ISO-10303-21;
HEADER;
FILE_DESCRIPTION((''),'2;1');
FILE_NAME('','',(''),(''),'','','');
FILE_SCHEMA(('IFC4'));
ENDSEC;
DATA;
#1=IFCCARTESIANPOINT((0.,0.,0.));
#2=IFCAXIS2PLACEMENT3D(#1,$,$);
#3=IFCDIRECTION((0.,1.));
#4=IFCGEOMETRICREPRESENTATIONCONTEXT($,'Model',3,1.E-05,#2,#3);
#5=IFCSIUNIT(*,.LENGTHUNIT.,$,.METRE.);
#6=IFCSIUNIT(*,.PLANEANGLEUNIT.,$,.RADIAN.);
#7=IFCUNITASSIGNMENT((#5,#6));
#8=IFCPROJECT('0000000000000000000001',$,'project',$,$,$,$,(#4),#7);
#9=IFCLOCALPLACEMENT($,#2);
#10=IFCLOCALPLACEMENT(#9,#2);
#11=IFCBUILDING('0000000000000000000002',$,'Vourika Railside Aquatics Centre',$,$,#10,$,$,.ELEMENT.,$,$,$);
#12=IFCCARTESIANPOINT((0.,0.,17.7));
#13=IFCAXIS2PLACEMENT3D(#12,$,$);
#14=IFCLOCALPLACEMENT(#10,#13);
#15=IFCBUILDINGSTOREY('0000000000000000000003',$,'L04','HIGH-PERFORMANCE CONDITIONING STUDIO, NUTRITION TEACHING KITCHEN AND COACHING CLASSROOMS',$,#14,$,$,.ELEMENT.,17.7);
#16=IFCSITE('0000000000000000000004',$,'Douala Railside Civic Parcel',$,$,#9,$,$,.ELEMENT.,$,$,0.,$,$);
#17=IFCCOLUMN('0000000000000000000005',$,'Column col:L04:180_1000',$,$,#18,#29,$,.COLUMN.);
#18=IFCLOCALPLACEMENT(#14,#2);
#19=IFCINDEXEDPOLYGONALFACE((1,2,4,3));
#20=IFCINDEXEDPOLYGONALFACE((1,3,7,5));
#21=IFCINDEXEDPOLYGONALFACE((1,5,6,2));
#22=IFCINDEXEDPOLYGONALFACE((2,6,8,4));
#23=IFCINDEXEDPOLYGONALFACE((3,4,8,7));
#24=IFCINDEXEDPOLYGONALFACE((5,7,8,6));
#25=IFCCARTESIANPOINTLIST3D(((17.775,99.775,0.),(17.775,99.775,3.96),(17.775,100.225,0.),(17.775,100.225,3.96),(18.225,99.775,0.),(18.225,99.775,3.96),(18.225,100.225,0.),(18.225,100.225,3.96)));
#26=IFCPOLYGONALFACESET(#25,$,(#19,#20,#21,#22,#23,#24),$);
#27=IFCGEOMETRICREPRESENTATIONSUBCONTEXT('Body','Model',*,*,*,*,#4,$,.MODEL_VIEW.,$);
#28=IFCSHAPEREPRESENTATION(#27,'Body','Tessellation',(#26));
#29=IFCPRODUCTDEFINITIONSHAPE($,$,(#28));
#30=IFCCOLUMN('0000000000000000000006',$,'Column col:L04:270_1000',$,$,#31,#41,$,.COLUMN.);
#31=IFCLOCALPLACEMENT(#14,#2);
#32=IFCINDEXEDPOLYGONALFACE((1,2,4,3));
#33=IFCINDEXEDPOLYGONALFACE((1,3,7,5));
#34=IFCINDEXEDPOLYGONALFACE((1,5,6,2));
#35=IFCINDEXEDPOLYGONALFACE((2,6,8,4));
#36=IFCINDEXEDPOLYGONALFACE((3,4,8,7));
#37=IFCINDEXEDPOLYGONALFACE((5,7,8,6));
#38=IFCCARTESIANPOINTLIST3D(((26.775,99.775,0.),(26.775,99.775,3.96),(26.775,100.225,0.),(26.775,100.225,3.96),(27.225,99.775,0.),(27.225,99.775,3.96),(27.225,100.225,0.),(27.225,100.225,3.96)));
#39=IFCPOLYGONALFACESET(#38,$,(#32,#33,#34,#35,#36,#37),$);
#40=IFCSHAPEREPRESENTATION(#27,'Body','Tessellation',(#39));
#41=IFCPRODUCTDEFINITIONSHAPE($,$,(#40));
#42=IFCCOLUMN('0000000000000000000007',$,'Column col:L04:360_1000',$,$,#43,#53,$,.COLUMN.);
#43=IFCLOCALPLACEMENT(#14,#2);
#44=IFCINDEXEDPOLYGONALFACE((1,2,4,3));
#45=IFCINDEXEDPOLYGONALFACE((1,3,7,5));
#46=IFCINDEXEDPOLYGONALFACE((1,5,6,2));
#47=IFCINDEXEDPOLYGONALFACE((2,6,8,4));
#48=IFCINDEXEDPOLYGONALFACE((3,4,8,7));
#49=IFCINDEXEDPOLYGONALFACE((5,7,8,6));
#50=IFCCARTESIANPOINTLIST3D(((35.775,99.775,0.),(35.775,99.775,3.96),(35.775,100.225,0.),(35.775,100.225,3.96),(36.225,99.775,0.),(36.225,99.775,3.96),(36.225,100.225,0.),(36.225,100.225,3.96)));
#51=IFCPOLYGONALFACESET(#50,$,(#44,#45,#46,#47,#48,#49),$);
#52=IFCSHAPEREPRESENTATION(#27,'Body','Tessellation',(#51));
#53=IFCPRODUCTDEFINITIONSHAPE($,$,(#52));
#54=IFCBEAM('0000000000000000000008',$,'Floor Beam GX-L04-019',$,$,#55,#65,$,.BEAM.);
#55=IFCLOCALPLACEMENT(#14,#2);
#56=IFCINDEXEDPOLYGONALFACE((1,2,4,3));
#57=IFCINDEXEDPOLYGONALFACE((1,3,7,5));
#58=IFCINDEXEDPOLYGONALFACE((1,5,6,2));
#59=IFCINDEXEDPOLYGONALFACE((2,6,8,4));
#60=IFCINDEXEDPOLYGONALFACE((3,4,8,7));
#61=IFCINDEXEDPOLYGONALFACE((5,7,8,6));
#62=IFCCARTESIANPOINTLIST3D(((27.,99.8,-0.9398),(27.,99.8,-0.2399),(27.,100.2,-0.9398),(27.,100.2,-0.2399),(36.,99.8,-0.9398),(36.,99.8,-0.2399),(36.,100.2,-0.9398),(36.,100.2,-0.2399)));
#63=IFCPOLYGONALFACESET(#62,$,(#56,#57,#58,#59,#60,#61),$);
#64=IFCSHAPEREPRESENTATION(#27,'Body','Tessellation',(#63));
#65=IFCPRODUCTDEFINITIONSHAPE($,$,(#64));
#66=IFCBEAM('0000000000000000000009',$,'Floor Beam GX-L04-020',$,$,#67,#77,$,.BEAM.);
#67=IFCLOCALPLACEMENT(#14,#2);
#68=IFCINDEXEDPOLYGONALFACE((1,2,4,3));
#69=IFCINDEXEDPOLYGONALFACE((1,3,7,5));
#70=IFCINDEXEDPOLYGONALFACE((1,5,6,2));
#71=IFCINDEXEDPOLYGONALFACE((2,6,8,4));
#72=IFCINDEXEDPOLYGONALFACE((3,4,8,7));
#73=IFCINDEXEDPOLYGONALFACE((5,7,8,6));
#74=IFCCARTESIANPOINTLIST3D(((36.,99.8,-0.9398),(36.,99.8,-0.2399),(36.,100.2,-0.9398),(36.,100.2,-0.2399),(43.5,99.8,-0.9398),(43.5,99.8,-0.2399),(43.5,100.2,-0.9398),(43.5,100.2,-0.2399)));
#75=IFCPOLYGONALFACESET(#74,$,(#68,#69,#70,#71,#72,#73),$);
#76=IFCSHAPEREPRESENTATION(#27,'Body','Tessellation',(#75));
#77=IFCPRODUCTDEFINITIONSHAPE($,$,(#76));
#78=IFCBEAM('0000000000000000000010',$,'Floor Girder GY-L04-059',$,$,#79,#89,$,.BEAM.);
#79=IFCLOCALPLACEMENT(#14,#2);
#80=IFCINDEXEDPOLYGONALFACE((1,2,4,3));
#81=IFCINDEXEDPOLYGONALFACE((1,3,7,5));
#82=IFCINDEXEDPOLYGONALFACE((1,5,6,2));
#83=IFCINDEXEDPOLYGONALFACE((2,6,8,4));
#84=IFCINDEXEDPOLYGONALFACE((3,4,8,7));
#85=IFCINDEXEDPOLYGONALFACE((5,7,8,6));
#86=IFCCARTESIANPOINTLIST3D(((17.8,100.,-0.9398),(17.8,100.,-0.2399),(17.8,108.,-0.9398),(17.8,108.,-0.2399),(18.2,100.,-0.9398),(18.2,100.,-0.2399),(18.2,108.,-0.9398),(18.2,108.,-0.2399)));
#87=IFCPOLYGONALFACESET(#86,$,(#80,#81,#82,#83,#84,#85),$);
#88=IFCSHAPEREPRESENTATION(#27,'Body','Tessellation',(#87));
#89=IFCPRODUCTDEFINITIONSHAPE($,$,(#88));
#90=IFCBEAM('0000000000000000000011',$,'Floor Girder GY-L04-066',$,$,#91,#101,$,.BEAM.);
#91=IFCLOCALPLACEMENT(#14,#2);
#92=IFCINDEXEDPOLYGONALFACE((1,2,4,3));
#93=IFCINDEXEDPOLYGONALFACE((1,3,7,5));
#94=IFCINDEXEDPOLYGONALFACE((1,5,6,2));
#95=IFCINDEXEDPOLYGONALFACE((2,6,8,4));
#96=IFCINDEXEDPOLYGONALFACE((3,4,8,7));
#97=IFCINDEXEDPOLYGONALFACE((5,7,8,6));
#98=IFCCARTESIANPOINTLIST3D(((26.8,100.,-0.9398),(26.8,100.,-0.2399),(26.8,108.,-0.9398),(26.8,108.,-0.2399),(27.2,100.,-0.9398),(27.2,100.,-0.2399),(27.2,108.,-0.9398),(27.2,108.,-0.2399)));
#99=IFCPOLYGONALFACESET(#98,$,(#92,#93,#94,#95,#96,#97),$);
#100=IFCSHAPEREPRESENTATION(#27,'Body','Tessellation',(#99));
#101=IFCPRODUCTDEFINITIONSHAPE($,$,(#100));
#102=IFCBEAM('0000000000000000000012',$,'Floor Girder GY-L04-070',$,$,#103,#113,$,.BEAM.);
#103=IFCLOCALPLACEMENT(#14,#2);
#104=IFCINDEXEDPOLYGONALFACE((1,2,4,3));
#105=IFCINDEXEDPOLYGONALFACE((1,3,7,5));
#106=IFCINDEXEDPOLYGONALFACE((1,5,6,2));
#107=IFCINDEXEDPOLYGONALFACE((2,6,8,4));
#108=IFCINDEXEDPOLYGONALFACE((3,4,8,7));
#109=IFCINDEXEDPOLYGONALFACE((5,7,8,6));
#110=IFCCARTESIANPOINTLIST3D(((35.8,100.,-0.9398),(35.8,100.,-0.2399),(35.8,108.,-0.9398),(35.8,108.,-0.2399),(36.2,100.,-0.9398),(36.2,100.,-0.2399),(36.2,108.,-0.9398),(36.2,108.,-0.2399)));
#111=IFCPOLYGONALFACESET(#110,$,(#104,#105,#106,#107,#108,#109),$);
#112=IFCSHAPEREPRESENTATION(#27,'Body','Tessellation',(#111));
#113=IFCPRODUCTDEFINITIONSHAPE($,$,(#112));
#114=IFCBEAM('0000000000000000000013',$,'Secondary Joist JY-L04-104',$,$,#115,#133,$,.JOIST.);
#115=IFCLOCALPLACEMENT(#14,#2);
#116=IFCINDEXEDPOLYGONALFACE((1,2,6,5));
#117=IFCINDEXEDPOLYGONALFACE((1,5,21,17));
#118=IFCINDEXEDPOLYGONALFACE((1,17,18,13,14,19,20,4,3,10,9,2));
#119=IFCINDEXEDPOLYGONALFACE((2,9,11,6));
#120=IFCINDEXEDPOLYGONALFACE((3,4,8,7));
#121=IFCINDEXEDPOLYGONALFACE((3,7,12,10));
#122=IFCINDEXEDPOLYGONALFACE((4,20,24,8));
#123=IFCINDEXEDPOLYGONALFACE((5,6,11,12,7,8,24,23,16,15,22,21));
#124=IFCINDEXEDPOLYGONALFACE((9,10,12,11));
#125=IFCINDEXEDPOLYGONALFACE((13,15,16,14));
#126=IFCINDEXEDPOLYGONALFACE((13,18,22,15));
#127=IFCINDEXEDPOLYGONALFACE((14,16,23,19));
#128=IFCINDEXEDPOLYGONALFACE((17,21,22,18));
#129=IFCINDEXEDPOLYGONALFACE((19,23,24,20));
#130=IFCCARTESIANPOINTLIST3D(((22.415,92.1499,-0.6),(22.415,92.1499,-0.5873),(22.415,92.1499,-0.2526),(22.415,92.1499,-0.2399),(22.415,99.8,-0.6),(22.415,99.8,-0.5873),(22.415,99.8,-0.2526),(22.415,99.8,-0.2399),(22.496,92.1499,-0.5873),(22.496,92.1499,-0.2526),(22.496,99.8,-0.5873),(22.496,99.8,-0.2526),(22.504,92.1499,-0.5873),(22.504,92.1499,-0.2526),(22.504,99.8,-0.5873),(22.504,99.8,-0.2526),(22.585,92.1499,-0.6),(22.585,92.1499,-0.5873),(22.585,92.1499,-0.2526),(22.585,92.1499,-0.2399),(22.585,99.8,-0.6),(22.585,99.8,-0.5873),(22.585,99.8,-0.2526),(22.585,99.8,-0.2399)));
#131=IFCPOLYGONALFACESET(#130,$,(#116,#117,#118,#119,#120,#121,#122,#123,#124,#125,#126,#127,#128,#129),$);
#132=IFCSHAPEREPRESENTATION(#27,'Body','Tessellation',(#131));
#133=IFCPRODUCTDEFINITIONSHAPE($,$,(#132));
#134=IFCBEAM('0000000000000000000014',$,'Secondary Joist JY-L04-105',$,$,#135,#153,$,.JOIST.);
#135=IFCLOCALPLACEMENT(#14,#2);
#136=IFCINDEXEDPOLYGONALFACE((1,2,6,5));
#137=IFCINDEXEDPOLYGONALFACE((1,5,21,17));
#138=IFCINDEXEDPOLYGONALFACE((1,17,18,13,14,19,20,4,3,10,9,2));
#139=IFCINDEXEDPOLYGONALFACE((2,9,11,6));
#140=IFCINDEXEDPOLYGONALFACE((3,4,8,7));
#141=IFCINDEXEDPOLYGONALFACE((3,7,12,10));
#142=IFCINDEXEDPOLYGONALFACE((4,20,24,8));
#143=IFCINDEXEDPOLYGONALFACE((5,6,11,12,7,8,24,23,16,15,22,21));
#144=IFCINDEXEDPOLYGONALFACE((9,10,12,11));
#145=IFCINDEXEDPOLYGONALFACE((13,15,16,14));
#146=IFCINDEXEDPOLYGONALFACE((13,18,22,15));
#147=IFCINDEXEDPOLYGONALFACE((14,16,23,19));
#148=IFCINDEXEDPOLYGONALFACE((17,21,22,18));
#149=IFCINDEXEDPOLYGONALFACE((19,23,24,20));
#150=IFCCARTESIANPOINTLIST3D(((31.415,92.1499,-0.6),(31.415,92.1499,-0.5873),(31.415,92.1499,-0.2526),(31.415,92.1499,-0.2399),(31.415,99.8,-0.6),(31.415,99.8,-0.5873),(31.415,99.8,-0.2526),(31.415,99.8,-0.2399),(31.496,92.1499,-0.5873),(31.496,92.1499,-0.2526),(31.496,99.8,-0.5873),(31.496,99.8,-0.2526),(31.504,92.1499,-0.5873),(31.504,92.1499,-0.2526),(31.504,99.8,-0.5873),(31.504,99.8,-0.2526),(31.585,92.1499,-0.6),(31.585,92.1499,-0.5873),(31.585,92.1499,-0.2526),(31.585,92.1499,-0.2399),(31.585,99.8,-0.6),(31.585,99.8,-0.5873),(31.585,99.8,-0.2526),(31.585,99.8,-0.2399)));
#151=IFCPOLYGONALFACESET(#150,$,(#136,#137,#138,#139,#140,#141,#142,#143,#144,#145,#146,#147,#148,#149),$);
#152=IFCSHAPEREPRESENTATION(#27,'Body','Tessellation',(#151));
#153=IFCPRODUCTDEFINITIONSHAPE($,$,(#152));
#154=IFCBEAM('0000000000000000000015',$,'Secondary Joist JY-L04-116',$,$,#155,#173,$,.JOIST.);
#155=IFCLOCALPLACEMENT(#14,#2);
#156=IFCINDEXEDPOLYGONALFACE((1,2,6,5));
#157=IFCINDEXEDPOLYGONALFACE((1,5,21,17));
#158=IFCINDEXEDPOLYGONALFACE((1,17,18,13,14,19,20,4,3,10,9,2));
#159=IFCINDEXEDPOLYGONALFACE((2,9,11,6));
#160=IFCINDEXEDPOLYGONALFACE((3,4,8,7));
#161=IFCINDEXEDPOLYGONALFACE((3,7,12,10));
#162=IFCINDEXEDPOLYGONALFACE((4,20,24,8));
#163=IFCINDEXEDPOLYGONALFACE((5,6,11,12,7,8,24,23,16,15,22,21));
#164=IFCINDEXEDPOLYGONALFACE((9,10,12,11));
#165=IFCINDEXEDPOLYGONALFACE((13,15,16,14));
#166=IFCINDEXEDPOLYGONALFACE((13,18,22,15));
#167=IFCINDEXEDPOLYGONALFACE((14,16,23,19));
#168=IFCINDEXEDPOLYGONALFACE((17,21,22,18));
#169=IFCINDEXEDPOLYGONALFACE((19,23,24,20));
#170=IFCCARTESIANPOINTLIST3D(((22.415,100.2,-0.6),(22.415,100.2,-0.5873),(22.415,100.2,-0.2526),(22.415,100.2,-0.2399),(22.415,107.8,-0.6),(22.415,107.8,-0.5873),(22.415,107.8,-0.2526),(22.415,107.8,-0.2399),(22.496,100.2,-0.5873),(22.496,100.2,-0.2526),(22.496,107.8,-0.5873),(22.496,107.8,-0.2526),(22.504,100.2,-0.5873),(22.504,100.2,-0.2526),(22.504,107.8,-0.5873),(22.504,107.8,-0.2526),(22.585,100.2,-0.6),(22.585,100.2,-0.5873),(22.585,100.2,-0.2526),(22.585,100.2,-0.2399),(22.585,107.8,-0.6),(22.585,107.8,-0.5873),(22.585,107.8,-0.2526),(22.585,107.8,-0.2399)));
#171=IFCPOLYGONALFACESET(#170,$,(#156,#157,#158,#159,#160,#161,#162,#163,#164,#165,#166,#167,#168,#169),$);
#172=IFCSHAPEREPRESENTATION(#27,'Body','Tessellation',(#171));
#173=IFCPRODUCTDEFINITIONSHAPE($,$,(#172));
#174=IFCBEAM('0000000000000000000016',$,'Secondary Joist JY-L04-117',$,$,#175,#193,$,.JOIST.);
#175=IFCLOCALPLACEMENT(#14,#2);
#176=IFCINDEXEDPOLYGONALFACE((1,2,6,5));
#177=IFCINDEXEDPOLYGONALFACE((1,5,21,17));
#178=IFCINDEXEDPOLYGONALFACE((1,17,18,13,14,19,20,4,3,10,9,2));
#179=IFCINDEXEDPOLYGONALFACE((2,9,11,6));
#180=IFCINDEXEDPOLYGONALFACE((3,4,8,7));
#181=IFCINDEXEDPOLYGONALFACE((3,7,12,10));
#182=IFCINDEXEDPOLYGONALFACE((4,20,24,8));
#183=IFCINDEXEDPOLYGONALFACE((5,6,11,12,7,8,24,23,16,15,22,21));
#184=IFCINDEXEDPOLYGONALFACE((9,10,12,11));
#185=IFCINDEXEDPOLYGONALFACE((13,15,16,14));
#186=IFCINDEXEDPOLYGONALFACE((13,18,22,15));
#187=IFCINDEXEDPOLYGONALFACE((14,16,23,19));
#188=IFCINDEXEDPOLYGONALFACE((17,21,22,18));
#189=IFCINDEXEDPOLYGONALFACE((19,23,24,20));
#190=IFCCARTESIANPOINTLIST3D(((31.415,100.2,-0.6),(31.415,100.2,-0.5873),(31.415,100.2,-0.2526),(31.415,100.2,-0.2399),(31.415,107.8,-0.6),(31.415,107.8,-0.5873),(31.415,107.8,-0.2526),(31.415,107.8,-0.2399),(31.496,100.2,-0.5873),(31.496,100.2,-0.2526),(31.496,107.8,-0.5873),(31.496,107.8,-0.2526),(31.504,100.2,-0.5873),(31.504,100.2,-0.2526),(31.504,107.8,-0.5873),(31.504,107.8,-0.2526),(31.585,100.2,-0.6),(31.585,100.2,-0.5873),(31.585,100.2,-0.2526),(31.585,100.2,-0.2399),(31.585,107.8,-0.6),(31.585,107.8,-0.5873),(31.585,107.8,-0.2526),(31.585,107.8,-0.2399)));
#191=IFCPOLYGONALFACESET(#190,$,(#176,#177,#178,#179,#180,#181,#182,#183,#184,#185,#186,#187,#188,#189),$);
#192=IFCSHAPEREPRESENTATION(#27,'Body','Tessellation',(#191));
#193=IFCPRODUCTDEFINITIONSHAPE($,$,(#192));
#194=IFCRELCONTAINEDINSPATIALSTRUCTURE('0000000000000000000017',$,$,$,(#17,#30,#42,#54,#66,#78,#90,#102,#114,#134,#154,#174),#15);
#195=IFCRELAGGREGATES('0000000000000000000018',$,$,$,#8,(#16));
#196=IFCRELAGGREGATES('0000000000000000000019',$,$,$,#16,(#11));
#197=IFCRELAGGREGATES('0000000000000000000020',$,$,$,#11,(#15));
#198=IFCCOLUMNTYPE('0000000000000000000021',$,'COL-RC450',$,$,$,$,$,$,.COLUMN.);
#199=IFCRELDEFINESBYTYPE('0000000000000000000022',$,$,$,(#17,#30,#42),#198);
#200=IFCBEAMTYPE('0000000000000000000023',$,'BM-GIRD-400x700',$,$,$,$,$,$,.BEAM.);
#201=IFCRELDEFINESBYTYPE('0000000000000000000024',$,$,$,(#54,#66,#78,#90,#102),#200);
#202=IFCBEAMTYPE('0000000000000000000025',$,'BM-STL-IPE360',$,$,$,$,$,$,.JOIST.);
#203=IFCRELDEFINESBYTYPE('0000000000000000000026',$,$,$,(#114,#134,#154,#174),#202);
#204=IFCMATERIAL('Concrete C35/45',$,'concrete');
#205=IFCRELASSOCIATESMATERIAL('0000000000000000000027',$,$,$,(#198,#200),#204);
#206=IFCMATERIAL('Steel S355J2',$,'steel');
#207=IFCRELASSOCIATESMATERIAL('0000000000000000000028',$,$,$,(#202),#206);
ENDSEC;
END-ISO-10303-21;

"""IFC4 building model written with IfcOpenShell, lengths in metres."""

from ifc_helpers import new_model, si_unit, direction, frame, origin, origin_2d, place, context, subcontext, project, spatial, rectangle, i_section, extrude, material, material_profile, profile_set, type_object, element, save


model = new_model("IFC4")

# Units and contexts
model_context = context("Model", 3, precision=1e-05, world=origin(), true_north=direction((0.0, 1.0)))
body_context = subcontext(model_context, "Body", "Model", "MODEL_VIEW")
ifc_project = project(units=[si_unit("LENGTHUNIT", "METRE"), si_unit("PLANEANGLEUNIT", "RADIAN")], contexts=[model_context])

# Site, building, storey
site_placement = place(None, origin())
site = spatial("IfcSite", under=ifc_project, at=site_placement, Name="Douala Railside Civic Parcel", CompositionType="ELEMENT", RefElevation=0.0)
building_placement = place(site_placement, origin())
building = spatial("IfcBuilding", under=site, at=building_placement, Name="Vourika Railside Aquatics Centre", CompositionType="ELEMENT")
storey_placement = place(building_placement, frame((0.0, 0.0, 17.7)))
storey = spatial("IfcBuildingStorey", under=building, at=storey_placement, Name="L04", Description="HIGH-PERFORMANCE CONDITIONING STUDIO, NUTRITION TEACHING KITCHEN AND COACHING CLASSROOMS", CompositionType="ELEMENT", Elevation=17.7)

# Columns
ifc_material_1 = material(Name="Concrete C35/45", Category="concrete")
ifc_material_profile_1 = material_profile(ifc_material_1, rectangle(XDim=0.45, YDim=0.45, at=origin_2d()), Name="RC 450x450")
ifc_profile_set_1 = profile_set([ifc_material_profile_1], Name="Concrete C35/45")
column_type = type_object("IfcColumnType", Name="COL-RC450", PredefinedType="COLUMN", material=ifc_profile_set_1)
for number, where, z_axis, x_axis, name in (
    (1, (18.0, 100.0, 0.0), (0.0, 0.0, 1.0), (1.0, 0.0, 0.0), "Column col:L04:180_1000"),
    (2, (27.0, 100.0, 0.0), (0.0, 0.0, 1.0), (1.0, 0.0, 0.0), "Column col:L04:270_1000"),
    (3, (36.0, 100.0, 0.0), (0.0, 0.0, 1.0), (1.0, 0.0, 0.0), "Column col:L04:360_1000"),
):
    element("IfcColumn", number, at=place(storey_placement, frame(where, z_axis=z_axis, x_axis=x_axis)), inside=storey, type_object=column_type, Name=name, PredefinedType="COLUMN", context=body_context, shape_type="SweptSolid", body=[
        extrude(rectangle(XDim=0.45, YDim=0.45, at=origin_2d()), origin(), (0.0, 0.0, 1.0), 3.96),
    ])

# Beams
ifc_material_profile_2 = material_profile(ifc_material_1, rectangle(XDim=0.3999, YDim=0.7, at=origin_2d()), Name="RC 400x700")
ifc_profile_set_2 = profile_set([ifc_material_profile_2], Name="Concrete C35/45")
beam_type_1 = type_object("IfcBeamType", Name="BM-GIRD-400x700", PredefinedType="BEAM", material=ifc_profile_set_2)
beam_1_placement = place(storey_placement, frame((27.0, 100.0, -0.5898), z_axis=(1.0, 0.0, 0.0), x_axis=(0.0, 1.0, 0.0)))
element("IfcBeam", 4, at=beam_1_placement, inside=storey, type_object=beam_type_1, Name="Floor Beam GX-L04-019", PredefinedType="BEAM", context=body_context, shape_type="SweptSolid", body=[
    extrude(rectangle(XDim=0.3999, YDim=0.7, at=origin_2d()), origin(), (0.0, 0.0, 1.0), 9.0),
])
beam_2_placement = place(storey_placement, frame((36.0, 100.0, -0.5898), z_axis=(1.0, 0.0, 0.0), x_axis=(0.0, 1.0, 0.0)))
element("IfcBeam", 5, at=beam_2_placement, inside=storey, type_object=beam_type_1, Name="Floor Beam GX-L04-020", PredefinedType="BEAM", context=body_context, shape_type="SweptSolid", body=[
    extrude(rectangle(XDim=0.3999, YDim=0.7, at=origin_2d()), origin(), (0.0, 0.0, 1.0), 7.5),
])
for number, where, z_axis, x_axis, name in (
    (6, (18.0, 100.0, -0.5898), (0.0, 1.0, 0.0), (-1.0, 0.0, 0.0), "Floor Girder GY-L04-059"),
    (7, (27.0, 100.0, -0.5898), (0.0, 1.0, 0.0), (-1.0, 0.0, 0.0), "Floor Girder GY-L04-066"),
    (8, (36.0, 100.0, -0.5898), (0.0, 1.0, 0.0), (-1.0, 0.0, 0.0), "Floor Girder GY-L04-070"),
):
    element("IfcBeam", number, at=place(storey_placement, frame(where, z_axis=z_axis, x_axis=x_axis)), inside=storey, type_object=beam_type_1, Name=name, PredefinedType="BEAM", context=body_context, shape_type="SweptSolid", body=[
        extrude(rectangle(XDim=0.3999, YDim=0.7, at=origin_2d()), origin(), (0.0, 0.0, 1.0), 8.0),
    ])
ifc_material_2 = material(Name="Steel S355J2", Category="steel")
ifc_material_profile_3 = material_profile(ifc_material_2, i_section(OverallWidth=0.1699, OverallDepth=0.3601, WebThickness=0.0081, FlangeThickness=0.0127, at=origin_2d()), Name="IPE 360")
ifc_profile_set_3 = profile_set([ifc_material_profile_3], Name="Steel S355J2")
beam_type_2 = type_object("IfcBeamType", Name="BM-STL-IPE360", PredefinedType="JOIST", material=ifc_profile_set_3)
for number, where, z_axis, x_axis, name in (
    (9, (22.5, 92.1499, -0.4199), (0.0, 1.0, 0.0), (-1.0, 0.0, 0.0), "Secondary Joist JY-L04-104"),
    (10, (31.5, 92.1499, -0.4199), (0.0, 1.0, 0.0), (-1.0, 0.0, 0.0), "Secondary Joist JY-L04-105"),
):
    element("IfcBeam", number, at=place(storey_placement, frame(where, z_axis=z_axis, x_axis=x_axis)), inside=storey, type_object=beam_type_2, Name=name, PredefinedType="JOIST", context=body_context, shape_type="SweptSolid", body=[
        extrude(i_section(OverallWidth=0.1699, OverallDepth=0.3601, WebThickness=0.0081, FlangeThickness=0.0127, at=origin_2d()), origin(), (0.0, 0.0, 1.0), 7.6501),
    ])
for number, where, z_axis, x_axis, name in (
    (11, (22.5, 100.2, -0.4199), (0.0, 1.0, 0.0), (-1.0, 0.0, 0.0), "Secondary Joist JY-L04-116"),
    (12, (31.5, 100.2, -0.4199), (0.0, 1.0, 0.0), (-1.0, 0.0, 0.0), "Secondary Joist JY-L04-117"),
):
    element("IfcBeam", number, at=place(storey_placement, frame(where, z_axis=z_axis, x_axis=x_axis)), inside=storey, type_object=beam_type_2, Name=name, PredefinedType="JOIST", context=body_context, shape_type="SweptSolid", body=[
        extrude(i_section(OverallWidth=0.1699, OverallDepth=0.3601, WebThickness=0.0081, FlangeThickness=0.0127, at=origin_2d()), origin(), (0.0, 0.0, 1.0), 7.6001),
    ])

save(model, "model.ifc")
